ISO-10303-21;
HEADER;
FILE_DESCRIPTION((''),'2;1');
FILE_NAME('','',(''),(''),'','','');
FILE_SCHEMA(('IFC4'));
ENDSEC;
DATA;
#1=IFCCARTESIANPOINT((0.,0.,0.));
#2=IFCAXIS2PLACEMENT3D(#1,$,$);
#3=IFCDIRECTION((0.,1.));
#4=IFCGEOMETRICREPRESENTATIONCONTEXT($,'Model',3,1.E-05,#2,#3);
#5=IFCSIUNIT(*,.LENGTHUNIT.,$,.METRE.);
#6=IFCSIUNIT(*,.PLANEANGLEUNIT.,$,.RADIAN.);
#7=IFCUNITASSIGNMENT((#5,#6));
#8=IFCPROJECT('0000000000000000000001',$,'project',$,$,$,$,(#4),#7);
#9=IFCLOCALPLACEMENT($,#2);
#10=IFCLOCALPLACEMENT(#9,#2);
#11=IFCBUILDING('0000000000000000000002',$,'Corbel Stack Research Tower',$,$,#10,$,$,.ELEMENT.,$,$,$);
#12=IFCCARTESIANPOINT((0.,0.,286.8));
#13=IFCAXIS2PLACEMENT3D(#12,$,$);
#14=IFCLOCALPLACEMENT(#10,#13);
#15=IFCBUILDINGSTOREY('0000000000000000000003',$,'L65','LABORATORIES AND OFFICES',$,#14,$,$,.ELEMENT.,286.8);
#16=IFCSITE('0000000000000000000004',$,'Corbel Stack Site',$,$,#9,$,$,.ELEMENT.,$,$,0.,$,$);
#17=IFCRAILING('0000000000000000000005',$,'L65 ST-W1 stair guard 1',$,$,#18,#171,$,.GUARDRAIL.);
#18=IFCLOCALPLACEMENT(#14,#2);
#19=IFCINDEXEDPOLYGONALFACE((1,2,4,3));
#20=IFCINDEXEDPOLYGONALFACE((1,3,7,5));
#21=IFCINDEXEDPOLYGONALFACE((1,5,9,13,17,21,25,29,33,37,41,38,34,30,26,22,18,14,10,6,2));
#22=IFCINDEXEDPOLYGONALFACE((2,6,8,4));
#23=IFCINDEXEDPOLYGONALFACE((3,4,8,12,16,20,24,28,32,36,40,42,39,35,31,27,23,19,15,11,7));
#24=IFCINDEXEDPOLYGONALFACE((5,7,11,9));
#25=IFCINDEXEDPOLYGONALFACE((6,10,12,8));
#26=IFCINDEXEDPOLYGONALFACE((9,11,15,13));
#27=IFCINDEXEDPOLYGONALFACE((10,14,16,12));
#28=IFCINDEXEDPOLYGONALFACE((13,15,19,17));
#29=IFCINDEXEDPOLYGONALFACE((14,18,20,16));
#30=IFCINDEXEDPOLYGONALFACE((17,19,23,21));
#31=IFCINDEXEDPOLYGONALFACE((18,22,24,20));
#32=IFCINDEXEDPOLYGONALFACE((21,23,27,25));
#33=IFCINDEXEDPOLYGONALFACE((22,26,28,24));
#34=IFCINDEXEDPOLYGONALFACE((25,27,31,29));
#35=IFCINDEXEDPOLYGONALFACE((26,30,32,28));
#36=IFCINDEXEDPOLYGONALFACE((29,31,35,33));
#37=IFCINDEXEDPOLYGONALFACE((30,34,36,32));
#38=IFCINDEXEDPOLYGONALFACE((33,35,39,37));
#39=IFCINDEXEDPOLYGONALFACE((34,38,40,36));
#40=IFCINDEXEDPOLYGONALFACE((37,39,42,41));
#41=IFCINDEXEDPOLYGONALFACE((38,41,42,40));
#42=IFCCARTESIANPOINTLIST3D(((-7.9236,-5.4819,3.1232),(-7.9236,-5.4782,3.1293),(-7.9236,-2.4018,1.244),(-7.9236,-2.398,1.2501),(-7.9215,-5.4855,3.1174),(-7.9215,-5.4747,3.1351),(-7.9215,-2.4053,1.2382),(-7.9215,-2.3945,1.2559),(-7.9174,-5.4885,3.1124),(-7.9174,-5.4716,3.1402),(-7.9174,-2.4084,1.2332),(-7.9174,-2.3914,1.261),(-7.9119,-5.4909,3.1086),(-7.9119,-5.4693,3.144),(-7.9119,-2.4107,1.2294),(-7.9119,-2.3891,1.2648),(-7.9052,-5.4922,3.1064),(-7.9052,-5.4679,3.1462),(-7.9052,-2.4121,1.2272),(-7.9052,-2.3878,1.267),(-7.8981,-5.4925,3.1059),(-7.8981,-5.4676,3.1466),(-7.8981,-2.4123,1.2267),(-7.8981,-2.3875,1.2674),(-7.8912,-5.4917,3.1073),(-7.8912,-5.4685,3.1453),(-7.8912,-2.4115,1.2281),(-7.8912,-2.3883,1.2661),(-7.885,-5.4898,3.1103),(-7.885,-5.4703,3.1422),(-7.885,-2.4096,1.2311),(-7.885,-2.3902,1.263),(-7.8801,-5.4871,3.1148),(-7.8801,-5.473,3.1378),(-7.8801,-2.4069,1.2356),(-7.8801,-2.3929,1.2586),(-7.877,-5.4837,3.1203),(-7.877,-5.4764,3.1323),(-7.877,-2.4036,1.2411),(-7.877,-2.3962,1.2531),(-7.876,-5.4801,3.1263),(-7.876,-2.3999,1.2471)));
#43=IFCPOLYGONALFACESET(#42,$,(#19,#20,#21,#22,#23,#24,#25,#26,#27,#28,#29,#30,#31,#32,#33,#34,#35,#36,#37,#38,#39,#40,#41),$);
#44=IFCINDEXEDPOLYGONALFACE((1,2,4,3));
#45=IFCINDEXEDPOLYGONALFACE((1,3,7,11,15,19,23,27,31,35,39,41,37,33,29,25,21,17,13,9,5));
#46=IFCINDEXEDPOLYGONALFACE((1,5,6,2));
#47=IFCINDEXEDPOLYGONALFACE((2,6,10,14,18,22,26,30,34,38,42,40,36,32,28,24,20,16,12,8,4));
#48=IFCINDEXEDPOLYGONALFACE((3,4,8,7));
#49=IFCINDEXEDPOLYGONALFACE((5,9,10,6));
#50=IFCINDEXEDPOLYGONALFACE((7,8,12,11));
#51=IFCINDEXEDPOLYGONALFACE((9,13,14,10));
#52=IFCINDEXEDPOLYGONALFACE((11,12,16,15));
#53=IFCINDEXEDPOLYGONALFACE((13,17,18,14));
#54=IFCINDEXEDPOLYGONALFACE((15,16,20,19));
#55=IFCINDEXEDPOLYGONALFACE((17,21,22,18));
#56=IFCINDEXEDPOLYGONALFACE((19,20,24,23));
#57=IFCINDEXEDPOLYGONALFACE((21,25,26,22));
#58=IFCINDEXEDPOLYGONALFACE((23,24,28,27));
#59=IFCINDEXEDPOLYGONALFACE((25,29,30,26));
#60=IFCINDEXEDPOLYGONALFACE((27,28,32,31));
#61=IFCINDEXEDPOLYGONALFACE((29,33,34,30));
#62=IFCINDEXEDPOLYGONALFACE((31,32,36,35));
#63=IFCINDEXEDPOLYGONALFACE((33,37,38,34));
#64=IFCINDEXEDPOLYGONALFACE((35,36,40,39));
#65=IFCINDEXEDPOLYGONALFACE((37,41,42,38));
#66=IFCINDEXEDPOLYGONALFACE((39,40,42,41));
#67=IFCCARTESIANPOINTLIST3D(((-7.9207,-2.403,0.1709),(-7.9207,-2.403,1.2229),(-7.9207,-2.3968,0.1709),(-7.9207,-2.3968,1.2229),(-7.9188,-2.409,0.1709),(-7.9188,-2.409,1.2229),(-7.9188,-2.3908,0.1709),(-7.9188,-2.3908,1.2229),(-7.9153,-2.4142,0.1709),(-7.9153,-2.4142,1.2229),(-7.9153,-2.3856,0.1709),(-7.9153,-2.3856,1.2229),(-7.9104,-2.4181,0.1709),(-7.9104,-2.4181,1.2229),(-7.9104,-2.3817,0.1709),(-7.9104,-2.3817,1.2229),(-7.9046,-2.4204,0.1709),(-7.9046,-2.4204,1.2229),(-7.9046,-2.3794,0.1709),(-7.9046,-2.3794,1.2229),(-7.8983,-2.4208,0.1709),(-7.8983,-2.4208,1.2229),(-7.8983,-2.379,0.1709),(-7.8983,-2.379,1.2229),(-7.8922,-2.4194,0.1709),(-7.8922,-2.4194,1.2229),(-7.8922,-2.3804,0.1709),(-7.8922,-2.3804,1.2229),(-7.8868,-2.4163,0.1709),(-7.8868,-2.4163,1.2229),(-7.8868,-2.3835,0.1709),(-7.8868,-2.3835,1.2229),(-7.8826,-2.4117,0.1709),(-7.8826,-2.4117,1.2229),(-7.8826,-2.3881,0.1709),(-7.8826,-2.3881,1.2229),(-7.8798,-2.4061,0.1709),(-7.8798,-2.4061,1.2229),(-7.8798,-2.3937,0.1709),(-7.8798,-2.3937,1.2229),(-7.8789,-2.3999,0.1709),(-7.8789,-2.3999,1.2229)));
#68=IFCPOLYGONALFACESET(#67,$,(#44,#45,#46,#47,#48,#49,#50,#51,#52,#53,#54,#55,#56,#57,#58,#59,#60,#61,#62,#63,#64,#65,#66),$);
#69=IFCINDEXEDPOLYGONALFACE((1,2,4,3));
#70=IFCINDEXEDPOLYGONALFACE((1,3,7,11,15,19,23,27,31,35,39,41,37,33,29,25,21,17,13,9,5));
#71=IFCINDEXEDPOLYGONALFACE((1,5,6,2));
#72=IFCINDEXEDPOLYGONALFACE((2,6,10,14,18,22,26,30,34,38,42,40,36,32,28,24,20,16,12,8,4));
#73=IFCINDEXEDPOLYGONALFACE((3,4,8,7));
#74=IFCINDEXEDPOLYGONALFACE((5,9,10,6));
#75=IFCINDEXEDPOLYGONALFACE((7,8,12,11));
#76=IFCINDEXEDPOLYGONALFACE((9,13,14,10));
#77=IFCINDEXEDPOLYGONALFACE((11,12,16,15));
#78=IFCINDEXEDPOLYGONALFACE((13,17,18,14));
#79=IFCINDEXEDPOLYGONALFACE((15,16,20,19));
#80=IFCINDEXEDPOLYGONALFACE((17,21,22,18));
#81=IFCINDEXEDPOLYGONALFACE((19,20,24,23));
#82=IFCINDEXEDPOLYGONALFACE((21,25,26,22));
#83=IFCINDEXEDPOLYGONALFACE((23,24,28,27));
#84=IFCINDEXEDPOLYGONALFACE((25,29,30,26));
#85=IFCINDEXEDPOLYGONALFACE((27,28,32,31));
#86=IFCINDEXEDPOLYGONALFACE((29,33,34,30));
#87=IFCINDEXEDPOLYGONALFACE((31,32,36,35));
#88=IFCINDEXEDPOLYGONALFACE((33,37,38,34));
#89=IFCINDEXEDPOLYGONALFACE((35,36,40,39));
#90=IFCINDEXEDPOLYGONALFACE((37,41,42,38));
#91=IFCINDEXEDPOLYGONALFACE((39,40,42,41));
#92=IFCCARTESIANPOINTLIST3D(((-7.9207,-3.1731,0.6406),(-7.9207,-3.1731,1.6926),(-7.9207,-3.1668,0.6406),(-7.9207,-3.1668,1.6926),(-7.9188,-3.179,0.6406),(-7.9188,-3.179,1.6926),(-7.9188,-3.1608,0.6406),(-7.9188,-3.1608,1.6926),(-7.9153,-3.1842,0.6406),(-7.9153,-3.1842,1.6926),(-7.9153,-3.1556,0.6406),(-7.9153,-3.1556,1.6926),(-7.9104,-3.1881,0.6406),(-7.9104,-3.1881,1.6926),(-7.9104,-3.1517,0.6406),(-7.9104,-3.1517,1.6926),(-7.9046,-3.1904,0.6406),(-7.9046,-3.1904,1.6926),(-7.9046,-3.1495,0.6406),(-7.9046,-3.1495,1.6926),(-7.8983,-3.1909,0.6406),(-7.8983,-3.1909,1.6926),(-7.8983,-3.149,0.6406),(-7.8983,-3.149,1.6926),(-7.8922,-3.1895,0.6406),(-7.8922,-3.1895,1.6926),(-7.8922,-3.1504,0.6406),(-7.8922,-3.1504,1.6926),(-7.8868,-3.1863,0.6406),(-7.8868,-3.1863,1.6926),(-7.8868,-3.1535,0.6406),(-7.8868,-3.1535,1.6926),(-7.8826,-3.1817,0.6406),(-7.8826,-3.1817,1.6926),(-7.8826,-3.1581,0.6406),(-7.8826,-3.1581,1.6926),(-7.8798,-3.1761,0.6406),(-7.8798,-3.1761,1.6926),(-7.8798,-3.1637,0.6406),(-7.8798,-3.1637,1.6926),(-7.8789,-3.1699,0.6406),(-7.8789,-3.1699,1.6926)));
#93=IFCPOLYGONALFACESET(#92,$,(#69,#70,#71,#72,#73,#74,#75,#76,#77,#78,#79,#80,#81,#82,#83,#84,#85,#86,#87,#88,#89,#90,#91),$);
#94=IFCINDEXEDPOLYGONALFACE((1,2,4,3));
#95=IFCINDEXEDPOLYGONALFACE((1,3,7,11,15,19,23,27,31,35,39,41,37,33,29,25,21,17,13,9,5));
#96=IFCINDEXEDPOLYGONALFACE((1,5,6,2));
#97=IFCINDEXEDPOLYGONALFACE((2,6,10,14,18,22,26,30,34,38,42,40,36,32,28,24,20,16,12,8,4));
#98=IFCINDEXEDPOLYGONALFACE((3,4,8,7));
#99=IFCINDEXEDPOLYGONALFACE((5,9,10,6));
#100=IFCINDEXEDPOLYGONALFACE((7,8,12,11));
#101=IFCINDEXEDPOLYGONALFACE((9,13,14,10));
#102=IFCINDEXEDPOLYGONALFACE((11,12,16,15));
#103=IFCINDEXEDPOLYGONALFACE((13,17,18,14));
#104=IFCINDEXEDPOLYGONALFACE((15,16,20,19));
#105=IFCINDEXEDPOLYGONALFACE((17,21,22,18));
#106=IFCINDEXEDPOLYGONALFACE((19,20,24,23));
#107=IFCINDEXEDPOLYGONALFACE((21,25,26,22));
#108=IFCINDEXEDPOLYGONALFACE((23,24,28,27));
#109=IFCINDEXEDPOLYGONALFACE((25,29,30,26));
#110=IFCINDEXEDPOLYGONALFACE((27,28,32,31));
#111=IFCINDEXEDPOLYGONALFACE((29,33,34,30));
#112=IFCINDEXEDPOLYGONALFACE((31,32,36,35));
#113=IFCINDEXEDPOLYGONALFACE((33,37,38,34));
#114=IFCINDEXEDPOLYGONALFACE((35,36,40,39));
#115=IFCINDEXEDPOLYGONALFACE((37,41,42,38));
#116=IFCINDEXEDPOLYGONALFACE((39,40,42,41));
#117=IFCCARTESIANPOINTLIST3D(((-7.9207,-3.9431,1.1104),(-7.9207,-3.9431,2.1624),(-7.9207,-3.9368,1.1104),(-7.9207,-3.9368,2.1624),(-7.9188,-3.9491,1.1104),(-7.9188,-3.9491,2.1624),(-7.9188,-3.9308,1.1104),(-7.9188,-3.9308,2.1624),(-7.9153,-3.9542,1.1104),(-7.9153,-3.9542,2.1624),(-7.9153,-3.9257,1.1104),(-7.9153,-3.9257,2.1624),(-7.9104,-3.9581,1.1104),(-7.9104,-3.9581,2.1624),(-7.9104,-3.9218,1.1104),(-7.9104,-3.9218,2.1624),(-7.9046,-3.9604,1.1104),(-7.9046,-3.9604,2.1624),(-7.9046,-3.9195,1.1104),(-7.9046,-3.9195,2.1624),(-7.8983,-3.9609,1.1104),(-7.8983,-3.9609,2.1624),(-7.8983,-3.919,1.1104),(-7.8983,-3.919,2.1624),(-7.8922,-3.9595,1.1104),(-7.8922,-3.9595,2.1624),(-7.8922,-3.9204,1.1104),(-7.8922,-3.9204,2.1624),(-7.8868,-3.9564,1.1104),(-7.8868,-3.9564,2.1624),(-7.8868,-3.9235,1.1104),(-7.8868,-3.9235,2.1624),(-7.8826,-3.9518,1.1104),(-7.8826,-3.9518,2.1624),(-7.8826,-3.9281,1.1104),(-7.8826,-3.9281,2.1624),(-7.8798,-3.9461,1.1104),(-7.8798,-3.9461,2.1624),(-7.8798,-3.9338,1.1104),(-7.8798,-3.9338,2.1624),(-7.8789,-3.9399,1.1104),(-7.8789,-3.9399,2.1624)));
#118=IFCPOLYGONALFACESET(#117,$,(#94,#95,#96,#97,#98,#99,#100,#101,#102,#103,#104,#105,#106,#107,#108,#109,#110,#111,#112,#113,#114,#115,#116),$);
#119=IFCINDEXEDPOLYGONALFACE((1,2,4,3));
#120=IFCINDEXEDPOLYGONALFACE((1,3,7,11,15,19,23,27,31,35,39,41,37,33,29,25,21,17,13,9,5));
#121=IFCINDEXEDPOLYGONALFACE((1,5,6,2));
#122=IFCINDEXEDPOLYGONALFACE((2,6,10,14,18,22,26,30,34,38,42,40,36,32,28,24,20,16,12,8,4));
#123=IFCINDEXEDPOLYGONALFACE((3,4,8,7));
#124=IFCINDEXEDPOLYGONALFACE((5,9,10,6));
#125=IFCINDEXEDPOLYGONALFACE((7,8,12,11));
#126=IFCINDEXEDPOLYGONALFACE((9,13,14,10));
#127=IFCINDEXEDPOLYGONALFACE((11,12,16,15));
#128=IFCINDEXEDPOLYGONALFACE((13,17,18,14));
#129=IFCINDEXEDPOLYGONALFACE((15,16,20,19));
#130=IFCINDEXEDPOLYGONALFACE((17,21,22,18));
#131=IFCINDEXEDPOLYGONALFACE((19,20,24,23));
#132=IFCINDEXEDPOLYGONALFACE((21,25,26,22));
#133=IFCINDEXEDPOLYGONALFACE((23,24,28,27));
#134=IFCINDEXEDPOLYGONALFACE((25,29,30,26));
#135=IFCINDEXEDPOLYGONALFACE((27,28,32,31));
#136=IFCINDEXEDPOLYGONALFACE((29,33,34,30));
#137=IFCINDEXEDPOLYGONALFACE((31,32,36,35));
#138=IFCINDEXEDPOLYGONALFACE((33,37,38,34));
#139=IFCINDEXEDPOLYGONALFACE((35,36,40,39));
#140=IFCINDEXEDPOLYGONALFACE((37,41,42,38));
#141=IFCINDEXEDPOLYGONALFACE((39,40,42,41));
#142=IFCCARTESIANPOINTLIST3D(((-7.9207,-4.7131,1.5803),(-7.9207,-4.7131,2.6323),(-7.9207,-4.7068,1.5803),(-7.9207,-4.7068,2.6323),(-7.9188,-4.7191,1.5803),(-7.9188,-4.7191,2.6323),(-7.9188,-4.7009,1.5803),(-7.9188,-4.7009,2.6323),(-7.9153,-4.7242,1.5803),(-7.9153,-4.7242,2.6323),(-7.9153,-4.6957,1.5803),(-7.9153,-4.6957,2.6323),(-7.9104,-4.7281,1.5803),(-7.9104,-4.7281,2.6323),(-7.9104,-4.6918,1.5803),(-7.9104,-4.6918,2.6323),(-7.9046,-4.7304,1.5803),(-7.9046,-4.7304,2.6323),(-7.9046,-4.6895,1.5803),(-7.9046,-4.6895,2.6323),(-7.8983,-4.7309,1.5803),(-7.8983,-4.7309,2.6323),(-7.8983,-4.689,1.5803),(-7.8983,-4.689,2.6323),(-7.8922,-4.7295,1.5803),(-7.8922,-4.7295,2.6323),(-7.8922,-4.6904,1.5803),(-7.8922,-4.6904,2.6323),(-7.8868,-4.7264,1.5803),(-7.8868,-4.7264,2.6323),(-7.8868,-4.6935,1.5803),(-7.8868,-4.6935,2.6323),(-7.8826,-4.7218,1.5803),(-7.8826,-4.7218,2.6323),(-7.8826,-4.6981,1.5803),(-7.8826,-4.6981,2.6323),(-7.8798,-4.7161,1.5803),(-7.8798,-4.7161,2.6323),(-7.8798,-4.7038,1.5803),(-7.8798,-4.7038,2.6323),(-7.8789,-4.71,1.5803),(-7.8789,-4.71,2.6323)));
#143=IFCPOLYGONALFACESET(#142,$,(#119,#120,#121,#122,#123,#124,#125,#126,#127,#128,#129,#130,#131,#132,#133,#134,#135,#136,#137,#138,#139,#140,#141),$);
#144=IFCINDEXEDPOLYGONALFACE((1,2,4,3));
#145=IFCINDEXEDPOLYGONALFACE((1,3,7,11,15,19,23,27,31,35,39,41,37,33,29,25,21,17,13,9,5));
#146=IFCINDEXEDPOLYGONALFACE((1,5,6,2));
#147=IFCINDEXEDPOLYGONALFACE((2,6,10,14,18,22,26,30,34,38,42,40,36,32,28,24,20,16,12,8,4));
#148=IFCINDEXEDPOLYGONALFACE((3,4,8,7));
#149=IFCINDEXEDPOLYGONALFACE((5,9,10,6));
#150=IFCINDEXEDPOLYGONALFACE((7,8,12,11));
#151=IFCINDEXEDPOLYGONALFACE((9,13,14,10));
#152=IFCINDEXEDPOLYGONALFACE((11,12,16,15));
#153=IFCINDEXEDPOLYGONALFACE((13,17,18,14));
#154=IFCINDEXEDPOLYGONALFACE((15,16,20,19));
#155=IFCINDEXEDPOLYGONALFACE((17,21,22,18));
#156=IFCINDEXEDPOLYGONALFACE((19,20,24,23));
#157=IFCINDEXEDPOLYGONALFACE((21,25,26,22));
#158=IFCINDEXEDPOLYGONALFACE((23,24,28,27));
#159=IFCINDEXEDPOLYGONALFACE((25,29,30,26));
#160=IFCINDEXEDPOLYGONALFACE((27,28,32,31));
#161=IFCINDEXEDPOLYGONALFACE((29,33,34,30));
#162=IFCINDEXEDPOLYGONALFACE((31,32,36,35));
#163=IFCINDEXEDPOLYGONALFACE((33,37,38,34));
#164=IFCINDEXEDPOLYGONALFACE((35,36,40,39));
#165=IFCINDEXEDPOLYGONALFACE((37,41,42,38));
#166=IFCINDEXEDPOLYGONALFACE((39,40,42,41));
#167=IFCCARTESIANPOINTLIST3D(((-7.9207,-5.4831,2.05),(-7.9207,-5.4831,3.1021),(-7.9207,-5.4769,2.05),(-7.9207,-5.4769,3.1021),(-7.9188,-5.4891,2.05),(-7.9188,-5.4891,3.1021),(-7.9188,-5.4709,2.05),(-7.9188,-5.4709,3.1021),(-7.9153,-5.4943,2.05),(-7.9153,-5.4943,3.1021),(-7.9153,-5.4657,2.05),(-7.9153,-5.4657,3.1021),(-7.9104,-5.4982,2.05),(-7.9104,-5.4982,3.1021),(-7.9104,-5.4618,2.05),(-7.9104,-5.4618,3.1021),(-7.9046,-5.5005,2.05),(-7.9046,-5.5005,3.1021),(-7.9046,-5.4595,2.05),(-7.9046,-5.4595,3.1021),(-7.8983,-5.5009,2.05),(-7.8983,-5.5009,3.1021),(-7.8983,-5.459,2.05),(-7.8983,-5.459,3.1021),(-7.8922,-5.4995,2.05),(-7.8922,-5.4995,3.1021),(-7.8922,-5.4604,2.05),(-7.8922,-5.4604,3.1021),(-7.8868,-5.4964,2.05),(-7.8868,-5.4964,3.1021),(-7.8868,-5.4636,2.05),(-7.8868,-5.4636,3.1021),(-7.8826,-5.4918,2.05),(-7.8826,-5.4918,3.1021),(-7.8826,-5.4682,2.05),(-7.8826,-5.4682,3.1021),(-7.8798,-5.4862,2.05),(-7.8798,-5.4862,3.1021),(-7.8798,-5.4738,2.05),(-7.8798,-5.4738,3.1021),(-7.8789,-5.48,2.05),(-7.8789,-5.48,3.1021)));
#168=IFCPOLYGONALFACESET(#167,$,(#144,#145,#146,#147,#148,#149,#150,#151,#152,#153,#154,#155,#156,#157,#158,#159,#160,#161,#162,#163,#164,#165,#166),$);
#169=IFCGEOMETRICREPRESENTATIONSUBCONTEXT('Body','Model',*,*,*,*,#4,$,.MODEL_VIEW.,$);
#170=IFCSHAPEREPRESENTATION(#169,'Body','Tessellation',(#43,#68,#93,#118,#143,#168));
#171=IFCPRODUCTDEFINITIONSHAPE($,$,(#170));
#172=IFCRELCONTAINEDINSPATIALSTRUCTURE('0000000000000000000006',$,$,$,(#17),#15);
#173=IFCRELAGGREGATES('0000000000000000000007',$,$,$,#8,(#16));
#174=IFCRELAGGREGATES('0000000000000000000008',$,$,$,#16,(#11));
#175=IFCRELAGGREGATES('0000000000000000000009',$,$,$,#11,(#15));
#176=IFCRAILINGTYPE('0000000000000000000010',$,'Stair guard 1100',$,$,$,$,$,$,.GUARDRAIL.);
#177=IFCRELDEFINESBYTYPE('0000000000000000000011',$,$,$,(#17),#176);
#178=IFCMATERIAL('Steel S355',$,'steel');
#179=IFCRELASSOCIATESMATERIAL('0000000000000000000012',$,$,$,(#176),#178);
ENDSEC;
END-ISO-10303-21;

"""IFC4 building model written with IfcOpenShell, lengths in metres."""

from ifc_helpers import new_model, si_unit, direction, frame, origin, origin_2d, place, context, subcontext, project, spatial, circle, extrude, material, type_object, element, save


model = new_model("IFC4")

# Units and contexts
model_context = context("Model", 3, precision=1e-05, world=origin(), true_north=direction((0.0, 1.0)))
body_context = subcontext(model_context, "Body", "Model", "MODEL_VIEW")
ifc_project = project(units=[si_unit("LENGTHUNIT", "METRE"), si_unit("PLANEANGLEUNIT", "RADIAN")], contexts=[model_context])

# Site, building, storey
site_placement = place(None, origin())
site = spatial("IfcSite", under=ifc_project, at=site_placement, Name="Corbel Stack Site", CompositionType="ELEMENT", RefElevation=0.0)
building_placement = place(site_placement, origin())
building = spatial("IfcBuilding", under=site, at=building_placement, Name="Corbel Stack Research Tower", CompositionType="ELEMENT")
storey_placement = place(building_placement, frame((0.0, 0.0, 286.8)))
storey = spatial("IfcBuildingStorey", under=building, at=storey_placement, Name="L65", Description="LABORATORIES AND OFFICES", CompositionType="ELEMENT", Elevation=286.8)

# Railing
ifc_material_1 = material(Name="Steel S355", Category="steel")
railing_type = type_object("IfcRailingType", Name="Stair guard 1100", PredefinedType="GUARDRAIL", material=ifc_material_1)
railing_1_placement = place(storey_placement, frame((-7.8999, -2.3999, 0.1709)))
element("IfcRailing", 1, at=railing_1_placement, inside=storey, type_object=railing_type, Name="L65 ST-W1 stair guard 1", PredefinedType="GUARDRAIL", context=body_context, shape_type="SweptSolid", body=[
    extrude(circle(Radius=0.0239, at=origin_2d()), frame((0.0, 0.0, 1.0762), z_axis=(0.0, -0.853666, 0.52082), x_axis=(1.0, 0.0, 0.0)), (0.0, 0.0, 1.0), 3.6082),
    extrude(circle(Radius=0.021, at=origin_2d()), origin(), (0.0, 0.0, 1.0), 1.052),
    extrude(circle(Radius=0.021, at=origin_2d()), frame((0.0, -0.77, 0.4697)), (0.0, 0.0, 1.0), 1.052),
    extrude(circle(Radius=0.021, at=origin_2d()), frame((0.0, -1.54, 0.9395)), (0.0, 0.0, 1.0), 1.052),
    extrude(circle(Radius=0.021, at=origin_2d()), frame((0.0, -2.3101, 1.4094)), (0.0, 0.0, 1.0), 1.052),
    extrude(circle(Radius=0.021, at=origin_2d()), frame((0.0, -3.0801, 1.8792)), (0.0, 0.0, 1.0), 1.052),
])

save(model, "model.ifc")
